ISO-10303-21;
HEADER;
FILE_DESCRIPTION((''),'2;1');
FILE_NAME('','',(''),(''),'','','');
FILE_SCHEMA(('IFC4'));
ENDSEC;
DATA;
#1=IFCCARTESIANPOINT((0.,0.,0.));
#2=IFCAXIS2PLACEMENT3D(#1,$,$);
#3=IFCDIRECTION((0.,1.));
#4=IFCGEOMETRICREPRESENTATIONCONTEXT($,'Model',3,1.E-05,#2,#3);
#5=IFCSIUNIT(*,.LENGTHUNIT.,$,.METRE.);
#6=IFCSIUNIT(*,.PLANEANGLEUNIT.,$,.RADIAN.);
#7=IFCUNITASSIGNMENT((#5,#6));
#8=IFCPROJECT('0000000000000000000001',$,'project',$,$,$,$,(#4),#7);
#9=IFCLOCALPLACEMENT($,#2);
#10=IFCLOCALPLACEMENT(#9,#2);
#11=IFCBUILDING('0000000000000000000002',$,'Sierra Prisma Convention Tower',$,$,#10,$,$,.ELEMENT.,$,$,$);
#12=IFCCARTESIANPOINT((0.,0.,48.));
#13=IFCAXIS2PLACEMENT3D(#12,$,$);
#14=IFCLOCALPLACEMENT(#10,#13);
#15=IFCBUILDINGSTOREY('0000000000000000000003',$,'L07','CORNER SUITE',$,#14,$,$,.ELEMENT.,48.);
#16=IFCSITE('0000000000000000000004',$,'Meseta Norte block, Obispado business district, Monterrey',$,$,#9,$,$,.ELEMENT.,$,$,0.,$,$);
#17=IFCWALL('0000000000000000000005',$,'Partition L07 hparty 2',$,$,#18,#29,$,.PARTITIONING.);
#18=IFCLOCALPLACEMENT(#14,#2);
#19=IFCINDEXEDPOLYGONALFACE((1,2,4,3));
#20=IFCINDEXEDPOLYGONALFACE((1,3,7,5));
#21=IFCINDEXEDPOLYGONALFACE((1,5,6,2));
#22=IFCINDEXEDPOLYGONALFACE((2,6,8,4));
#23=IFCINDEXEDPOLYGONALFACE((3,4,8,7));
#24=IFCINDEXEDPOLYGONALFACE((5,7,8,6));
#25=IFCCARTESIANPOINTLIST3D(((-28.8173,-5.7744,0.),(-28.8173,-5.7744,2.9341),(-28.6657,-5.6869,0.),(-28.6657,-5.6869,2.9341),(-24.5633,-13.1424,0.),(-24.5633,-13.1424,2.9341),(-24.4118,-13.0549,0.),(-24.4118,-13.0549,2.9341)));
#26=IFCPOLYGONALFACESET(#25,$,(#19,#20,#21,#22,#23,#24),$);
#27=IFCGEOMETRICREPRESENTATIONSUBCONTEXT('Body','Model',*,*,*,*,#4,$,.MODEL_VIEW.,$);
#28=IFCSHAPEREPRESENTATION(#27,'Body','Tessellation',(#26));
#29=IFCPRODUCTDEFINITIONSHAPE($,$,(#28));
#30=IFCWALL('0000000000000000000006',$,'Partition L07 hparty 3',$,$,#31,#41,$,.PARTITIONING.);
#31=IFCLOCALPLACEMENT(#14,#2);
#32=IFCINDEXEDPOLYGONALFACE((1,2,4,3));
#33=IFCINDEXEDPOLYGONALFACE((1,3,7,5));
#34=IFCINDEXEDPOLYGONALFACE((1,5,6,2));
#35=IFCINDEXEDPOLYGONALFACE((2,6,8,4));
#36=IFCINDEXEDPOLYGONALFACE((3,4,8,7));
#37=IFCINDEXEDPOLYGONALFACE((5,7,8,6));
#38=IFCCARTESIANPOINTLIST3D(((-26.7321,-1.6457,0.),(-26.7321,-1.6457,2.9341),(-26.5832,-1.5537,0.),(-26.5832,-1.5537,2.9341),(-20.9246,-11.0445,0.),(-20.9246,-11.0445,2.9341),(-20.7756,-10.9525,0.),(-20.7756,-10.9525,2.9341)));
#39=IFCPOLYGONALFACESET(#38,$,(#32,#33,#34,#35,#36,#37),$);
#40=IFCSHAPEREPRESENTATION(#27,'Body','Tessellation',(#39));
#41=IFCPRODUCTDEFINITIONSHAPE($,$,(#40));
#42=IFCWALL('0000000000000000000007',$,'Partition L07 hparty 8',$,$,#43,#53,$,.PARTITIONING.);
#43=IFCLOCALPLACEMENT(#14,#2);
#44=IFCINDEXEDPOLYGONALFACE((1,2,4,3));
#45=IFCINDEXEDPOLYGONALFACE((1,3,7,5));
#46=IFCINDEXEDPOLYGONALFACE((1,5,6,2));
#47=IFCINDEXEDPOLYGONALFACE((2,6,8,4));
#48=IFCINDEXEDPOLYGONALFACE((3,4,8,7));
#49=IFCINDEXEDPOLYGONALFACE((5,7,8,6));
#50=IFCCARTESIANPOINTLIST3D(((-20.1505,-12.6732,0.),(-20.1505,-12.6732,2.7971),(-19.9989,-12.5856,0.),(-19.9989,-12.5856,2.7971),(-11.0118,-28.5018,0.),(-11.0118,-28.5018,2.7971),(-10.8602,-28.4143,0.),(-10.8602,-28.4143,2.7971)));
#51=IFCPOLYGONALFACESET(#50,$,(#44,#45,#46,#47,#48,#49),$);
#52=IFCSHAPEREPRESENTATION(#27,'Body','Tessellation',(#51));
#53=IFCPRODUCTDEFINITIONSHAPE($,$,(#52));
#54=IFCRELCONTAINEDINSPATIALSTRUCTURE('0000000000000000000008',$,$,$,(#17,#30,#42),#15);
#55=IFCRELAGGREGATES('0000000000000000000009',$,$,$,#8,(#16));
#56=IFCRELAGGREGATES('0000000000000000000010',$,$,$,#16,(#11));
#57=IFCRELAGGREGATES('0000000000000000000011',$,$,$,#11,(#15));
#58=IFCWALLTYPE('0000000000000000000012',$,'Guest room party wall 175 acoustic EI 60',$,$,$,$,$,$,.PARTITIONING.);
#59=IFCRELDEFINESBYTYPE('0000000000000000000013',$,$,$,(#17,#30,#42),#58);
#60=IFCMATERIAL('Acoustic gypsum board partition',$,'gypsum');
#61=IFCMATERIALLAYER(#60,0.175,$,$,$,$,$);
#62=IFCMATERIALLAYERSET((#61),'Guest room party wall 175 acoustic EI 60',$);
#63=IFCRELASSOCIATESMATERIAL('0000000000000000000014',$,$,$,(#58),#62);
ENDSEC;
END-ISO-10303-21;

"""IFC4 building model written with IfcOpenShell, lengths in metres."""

from ifc_helpers import new_model, si_unit, direction, frame, frame_2d, origin, place, context, subcontext, project, spatial, rectangle, extrude, material, layer, layer_set, type_object, element, save


model = new_model("IFC4")

# Units and contexts
model_context = context("Model", 3, precision=1e-05, world=origin(), true_north=direction((0.0, 1.0)))
body_context = subcontext(model_context, "Body", "Model", "MODEL_VIEW")
ifc_project = project(units=[si_unit("LENGTHUNIT", "METRE"), si_unit("PLANEANGLEUNIT", "RADIAN")], contexts=[model_context])

# Site, building, storey
site_placement = place(None, origin())
site = spatial("IfcSite", under=ifc_project, at=site_placement, Name="Meseta Norte block, Obispado business district, Monterrey", CompositionType="ELEMENT", RefElevation=0.0)
building_placement = place(site_placement, origin())
building = spatial("IfcBuilding", under=site, at=building_placement, Name="Sierra Prisma Convention Tower", CompositionType="ELEMENT")
storey_placement = place(building_placement, frame((0.0, 0.0, 48.0)))
storey = spatial("IfcBuildingStorey", under=building, at=storey_placement, Name="L07", Description="CORNER SUITE", CompositionType="ELEMENT", Elevation=48.0)

# Walls
ifc_material_1 = material(Name="Acoustic gypsum board partition", Category="gypsum")
ifc_layer_1 = layer(ifc_material_1, 0.175)
ifc_layer_set_1 = layer_set([ifc_layer_1], Name="Guest room party wall 175 acoustic EI 60")
wall_type_1 = type_object("IfcWallType", Name="Guest room party wall 175 acoustic EI 60", PredefinedType="PARTITIONING", material=ifc_layer_set_1)
wall_1_placement = place(storey_placement, frame((-24.4875, -13.0986, 0.0), z_axis=(0.0, 0.0, 1.0), x_axis=(-0.500003, 0.866024, 0.0)))
element("IfcWall", 1, at=wall_1_placement, inside=storey, type_object=wall_type_1, Name="Partition L07 hparty 2", PredefinedType="PARTITIONING", context=body_context, shape_type="SweptSolid", body=[
    extrude(rectangle(XDim=8.5078, YDim=0.175, at=frame_2d((4.2539, 0.0))), origin(), (0.0, 0.0, 1.0), 2.9341),
])
wall_2_placement = place(storey_placement, frame((-20.8501, -10.9985, 0.0), z_axis=(0.0, 0.0, 1.0), x_axis=(-0.52565, 0.850701, 0.0)))
element("IfcWall", 2, at=wall_2_placement, inside=storey, type_object=wall_type_1, Name="Partition L07 hparty 3", PredefinedType="PARTITIONING", context=body_context, shape_type="SweptSolid", body=[
    extrude(rectangle(XDim=11.0483, YDim=0.175, at=frame_2d((5.5242, 0.0))), origin(), (0.0, 0.0, 1.0), 2.9341),
])
wall_3_placement = place(storey_placement, frame((-20.0747, -12.6294, 0.0), z_axis=(0.0, 0.0, 1.0), x_axis=(0.500001, -0.866025, 0.0)))
element("IfcWall", 3, at=wall_3_placement, inside=storey, type_object=wall_type_1, Name="Partition L07 hparty 8", PredefinedType="PARTITIONING", context=body_context, shape_type="SweptSolid", body=[
    extrude(rectangle(XDim=18.2773, YDim=0.175, at=frame_2d((9.1387, 0.0))), origin(), (0.0, 0.0, 1.0), 2.7971),
])

save(model, "model.ifc")
